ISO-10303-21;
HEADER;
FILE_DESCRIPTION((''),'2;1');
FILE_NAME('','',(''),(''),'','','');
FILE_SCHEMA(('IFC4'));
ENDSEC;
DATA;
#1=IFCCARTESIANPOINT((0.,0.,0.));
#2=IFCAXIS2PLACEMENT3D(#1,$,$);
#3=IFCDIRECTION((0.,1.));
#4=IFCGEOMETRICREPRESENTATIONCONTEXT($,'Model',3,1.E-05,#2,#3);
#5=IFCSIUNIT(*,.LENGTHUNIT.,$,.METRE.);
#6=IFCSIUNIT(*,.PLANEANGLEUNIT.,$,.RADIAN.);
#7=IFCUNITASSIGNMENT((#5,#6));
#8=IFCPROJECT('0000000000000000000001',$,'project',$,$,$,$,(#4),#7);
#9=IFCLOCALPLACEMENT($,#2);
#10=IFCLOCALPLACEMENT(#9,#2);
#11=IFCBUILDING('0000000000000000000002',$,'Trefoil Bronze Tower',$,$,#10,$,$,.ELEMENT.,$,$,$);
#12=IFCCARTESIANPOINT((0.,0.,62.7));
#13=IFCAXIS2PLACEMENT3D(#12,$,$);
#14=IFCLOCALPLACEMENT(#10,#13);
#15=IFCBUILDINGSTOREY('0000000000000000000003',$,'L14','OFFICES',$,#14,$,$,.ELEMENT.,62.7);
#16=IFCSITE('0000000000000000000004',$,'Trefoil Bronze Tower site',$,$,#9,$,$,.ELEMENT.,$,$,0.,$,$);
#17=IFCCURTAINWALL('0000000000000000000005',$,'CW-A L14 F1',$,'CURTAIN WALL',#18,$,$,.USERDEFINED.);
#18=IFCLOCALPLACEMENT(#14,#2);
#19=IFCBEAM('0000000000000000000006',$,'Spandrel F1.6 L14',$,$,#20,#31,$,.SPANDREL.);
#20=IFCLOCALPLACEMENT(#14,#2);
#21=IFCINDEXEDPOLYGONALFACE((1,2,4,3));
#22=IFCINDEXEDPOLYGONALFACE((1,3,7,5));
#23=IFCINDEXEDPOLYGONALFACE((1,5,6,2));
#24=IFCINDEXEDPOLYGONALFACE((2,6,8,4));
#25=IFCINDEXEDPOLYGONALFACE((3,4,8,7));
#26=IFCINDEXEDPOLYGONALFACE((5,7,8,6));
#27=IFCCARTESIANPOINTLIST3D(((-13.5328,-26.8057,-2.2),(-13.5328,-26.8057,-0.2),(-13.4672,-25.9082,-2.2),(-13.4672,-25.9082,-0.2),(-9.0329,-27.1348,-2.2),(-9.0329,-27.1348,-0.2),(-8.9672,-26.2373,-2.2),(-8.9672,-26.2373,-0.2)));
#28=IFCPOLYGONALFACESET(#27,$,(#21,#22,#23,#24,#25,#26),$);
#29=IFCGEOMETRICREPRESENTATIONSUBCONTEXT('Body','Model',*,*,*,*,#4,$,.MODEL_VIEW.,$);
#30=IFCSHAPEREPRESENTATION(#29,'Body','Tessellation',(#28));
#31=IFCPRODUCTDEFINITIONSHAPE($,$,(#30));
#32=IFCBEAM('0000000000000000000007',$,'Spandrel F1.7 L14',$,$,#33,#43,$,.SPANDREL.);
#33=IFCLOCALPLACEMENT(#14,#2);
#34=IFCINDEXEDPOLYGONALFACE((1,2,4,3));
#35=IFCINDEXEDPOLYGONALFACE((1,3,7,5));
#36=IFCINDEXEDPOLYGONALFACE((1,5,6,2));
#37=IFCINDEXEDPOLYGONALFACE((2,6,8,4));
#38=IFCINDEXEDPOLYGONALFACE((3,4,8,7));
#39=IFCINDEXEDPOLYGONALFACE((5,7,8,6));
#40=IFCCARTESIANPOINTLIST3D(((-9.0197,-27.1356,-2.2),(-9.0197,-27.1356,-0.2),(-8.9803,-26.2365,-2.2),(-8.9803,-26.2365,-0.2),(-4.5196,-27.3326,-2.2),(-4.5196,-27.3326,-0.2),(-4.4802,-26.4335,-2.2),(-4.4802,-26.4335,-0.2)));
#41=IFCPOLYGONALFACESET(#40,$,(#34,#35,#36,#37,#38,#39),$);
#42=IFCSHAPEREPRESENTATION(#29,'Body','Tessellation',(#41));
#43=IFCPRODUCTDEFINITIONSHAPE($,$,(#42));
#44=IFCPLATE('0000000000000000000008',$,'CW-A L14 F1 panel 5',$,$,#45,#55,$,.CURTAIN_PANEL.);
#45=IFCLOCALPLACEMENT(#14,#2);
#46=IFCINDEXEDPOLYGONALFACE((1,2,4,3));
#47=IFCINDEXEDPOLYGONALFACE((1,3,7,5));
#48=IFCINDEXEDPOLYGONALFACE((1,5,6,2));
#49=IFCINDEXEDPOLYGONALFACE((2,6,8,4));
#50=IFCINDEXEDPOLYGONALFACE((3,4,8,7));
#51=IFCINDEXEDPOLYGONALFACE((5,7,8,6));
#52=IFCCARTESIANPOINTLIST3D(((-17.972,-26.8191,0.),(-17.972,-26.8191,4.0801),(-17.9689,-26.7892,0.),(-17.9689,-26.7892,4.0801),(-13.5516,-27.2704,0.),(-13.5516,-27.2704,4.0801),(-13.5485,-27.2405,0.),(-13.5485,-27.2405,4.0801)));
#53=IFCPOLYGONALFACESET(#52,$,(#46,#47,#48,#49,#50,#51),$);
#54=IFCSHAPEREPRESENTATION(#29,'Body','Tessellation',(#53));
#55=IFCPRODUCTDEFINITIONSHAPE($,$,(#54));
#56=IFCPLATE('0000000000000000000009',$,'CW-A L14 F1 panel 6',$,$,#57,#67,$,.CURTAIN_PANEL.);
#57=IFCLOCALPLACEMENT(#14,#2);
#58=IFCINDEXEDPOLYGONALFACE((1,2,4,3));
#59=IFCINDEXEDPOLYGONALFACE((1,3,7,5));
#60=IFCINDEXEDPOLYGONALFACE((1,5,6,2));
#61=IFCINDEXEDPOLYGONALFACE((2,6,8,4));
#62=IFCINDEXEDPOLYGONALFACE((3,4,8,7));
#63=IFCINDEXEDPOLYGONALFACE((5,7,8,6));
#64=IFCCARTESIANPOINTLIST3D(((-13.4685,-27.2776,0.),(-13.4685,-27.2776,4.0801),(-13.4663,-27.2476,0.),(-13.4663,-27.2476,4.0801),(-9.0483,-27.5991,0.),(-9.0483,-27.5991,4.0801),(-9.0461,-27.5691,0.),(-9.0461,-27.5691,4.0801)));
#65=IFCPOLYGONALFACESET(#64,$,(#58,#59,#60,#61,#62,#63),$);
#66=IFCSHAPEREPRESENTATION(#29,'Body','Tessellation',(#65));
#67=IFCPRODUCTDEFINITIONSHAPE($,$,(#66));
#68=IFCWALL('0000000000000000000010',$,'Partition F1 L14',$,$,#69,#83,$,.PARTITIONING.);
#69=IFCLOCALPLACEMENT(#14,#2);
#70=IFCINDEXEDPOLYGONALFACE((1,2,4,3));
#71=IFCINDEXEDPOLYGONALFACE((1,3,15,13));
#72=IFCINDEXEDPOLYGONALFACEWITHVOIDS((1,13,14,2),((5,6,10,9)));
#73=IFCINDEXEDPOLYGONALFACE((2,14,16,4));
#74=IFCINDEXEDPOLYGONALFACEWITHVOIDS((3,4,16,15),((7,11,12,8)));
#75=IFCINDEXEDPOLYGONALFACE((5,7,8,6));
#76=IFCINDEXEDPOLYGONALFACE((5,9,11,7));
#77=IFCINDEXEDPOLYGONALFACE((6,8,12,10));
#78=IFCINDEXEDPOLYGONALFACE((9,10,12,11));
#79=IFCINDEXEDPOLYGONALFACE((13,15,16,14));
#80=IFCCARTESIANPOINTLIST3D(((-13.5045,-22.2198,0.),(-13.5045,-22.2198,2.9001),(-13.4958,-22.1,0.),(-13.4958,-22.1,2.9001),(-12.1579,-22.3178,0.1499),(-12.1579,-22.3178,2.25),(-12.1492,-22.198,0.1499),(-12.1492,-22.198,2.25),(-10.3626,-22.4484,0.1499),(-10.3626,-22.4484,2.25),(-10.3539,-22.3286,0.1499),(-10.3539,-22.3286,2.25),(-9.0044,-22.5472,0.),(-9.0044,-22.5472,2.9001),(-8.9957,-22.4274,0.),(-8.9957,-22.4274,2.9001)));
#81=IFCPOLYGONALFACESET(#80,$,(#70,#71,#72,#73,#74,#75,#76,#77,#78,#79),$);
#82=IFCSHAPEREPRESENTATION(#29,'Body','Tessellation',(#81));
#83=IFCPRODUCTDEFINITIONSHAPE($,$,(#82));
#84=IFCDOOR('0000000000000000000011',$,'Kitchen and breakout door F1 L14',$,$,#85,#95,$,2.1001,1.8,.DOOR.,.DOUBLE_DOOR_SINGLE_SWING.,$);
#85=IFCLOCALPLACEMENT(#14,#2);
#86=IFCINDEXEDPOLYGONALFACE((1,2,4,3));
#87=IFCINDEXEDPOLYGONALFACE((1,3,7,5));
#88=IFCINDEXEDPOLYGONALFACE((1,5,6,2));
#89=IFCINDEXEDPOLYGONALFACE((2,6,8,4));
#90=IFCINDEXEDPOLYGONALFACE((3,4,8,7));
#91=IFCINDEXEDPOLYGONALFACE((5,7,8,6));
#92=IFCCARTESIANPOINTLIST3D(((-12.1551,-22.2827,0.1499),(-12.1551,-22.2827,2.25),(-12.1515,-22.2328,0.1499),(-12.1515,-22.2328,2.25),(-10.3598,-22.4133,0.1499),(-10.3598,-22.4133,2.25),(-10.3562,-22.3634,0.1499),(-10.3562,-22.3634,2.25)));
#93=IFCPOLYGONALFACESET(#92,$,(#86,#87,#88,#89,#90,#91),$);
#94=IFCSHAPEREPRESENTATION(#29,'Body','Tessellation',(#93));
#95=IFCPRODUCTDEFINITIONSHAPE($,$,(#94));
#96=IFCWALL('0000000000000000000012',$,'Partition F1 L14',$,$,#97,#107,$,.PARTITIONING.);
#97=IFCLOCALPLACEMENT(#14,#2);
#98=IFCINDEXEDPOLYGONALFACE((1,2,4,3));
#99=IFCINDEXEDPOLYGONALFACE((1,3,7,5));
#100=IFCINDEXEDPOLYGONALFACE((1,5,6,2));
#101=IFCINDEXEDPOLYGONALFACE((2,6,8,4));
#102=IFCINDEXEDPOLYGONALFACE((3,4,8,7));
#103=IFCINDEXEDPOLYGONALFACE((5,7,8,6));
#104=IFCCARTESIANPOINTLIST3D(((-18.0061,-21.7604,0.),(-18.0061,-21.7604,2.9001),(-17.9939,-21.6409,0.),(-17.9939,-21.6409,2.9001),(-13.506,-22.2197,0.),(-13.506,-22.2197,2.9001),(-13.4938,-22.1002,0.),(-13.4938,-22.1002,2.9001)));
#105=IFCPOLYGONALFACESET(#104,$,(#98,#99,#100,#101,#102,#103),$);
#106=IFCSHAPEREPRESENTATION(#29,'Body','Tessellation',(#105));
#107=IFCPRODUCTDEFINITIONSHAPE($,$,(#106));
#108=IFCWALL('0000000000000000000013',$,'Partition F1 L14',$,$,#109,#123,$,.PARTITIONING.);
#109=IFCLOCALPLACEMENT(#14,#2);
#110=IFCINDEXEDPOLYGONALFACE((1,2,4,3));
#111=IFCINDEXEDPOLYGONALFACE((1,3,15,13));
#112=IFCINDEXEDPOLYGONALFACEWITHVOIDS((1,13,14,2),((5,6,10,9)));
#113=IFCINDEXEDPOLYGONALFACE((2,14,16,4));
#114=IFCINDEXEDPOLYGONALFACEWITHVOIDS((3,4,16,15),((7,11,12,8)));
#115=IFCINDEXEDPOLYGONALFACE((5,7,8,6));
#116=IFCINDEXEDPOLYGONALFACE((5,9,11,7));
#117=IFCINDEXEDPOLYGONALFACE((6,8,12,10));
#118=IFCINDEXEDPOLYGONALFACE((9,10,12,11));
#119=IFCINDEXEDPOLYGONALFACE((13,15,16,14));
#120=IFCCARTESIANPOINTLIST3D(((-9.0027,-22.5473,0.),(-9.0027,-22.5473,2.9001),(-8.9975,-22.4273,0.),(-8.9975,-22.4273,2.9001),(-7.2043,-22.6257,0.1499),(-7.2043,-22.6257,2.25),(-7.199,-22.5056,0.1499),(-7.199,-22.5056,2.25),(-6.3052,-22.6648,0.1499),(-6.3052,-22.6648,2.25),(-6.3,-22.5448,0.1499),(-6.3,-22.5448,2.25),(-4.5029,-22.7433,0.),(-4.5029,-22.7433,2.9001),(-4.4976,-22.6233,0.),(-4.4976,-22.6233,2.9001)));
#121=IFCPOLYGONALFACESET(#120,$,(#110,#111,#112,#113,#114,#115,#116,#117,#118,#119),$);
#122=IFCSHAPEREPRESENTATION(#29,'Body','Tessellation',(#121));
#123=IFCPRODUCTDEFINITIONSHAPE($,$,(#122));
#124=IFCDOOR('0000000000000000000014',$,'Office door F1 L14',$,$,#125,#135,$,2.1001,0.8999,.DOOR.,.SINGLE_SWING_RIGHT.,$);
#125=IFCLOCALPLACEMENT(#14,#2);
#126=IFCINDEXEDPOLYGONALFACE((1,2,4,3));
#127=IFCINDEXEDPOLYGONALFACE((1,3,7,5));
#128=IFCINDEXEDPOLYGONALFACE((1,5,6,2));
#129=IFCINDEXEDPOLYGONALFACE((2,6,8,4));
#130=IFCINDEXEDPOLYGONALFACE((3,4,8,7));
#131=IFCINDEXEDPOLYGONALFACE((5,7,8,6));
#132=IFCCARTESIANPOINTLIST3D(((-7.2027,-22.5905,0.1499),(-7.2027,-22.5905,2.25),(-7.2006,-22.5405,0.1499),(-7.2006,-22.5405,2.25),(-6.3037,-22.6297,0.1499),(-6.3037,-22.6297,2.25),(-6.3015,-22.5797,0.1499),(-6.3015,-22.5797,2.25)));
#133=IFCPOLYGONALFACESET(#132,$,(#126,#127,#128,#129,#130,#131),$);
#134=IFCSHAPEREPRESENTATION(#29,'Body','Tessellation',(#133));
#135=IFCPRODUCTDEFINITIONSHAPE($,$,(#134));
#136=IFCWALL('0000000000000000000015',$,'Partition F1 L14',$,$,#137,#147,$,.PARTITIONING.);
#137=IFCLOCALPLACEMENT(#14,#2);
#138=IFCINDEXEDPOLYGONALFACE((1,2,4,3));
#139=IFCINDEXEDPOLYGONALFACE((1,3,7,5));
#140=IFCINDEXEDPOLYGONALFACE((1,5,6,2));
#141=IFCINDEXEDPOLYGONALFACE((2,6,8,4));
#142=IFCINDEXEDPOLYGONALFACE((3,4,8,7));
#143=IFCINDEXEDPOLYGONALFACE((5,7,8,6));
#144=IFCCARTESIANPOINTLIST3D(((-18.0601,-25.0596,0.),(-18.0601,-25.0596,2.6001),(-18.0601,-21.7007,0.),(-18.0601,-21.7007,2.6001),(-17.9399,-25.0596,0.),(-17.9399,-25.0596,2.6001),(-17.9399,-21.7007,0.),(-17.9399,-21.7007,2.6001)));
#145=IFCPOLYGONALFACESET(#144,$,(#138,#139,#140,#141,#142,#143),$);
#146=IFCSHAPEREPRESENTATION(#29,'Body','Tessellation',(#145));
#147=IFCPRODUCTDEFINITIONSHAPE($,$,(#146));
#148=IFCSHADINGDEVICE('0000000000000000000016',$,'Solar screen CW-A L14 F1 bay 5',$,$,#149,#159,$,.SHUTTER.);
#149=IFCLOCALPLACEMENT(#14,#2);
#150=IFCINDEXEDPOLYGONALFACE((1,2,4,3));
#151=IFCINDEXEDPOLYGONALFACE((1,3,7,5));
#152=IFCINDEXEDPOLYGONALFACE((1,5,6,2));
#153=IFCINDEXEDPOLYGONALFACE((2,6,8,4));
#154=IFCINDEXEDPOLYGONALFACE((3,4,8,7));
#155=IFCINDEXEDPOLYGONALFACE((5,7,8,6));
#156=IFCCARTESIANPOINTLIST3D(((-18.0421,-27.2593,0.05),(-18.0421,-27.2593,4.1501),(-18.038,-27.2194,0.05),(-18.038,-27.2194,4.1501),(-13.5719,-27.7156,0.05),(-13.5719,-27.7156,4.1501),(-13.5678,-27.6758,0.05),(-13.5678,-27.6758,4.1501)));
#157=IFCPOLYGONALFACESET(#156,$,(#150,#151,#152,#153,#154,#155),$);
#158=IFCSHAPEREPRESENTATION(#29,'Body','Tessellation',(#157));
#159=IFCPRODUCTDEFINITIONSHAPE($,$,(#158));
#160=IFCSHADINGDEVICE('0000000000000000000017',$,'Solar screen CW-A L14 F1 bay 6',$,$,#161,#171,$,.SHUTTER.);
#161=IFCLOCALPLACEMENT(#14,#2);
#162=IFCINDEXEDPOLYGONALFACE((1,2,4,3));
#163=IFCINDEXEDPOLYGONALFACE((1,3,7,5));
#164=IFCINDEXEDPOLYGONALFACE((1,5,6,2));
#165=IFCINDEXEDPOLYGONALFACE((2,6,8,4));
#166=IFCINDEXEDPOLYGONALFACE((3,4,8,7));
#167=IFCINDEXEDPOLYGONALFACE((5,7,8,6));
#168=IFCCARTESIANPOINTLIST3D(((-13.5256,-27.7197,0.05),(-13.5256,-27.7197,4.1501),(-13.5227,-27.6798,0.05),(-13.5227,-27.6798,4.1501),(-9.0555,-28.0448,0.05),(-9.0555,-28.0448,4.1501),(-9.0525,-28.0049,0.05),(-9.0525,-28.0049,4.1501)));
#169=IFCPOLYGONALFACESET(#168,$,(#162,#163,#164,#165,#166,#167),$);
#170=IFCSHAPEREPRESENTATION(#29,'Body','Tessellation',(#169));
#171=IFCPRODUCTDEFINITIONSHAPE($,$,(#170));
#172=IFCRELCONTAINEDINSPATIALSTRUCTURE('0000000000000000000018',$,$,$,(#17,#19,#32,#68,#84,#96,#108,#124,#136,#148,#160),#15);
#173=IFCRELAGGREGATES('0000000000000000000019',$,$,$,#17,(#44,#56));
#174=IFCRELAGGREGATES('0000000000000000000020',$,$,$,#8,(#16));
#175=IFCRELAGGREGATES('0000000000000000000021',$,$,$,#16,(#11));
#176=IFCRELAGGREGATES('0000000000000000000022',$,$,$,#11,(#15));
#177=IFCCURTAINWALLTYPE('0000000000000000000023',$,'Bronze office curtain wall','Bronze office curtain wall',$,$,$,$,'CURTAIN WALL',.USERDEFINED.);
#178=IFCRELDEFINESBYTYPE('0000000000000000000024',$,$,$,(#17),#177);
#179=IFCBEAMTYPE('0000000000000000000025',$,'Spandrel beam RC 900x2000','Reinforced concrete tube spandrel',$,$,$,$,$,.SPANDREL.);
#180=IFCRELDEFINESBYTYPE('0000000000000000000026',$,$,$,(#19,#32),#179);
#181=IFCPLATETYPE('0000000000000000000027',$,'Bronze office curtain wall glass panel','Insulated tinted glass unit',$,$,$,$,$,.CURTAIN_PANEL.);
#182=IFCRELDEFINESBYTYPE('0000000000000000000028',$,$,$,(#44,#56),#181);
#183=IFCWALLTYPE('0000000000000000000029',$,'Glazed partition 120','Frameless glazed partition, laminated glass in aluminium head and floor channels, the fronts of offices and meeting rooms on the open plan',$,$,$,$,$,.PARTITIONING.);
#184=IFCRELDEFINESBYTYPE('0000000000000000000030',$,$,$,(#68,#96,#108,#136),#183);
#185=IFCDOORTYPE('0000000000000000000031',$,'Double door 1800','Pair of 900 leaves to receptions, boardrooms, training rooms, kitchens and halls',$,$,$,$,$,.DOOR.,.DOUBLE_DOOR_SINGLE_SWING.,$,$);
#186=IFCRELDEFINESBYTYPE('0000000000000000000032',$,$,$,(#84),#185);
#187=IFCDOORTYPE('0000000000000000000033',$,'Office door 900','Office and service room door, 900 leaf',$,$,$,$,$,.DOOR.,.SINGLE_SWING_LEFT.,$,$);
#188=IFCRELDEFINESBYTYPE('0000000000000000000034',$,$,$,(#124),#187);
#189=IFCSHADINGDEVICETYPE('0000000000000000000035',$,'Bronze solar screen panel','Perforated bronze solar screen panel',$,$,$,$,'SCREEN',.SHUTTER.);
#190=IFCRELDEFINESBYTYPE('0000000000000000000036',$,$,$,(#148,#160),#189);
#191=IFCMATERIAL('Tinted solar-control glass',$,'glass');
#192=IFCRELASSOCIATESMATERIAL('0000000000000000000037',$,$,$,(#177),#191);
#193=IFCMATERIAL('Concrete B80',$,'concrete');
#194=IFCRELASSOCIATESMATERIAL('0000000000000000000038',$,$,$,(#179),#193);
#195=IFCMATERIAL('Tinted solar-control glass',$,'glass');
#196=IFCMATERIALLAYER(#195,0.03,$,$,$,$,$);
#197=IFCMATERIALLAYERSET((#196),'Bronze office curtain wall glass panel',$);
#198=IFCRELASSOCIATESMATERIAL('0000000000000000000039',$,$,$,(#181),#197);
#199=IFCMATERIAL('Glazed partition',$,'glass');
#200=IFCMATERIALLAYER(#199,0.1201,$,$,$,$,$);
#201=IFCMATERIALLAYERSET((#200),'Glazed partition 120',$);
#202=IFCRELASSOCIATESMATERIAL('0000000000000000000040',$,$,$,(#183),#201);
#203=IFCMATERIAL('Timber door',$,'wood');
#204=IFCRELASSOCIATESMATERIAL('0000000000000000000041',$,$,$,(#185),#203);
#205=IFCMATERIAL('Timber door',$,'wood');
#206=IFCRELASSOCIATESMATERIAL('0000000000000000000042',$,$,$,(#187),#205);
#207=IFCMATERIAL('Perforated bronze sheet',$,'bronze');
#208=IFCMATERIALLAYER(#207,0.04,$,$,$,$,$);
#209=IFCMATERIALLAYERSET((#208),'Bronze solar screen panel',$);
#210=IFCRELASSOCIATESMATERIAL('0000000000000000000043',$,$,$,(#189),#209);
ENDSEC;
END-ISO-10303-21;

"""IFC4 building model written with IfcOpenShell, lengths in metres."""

from ifc_helpers import new_model, si_unit, direction, frame, frame_2d, origin, origin_2d, place, context, subcontext, project, spatial, rectangle, extrude, material, layer, layer_set, material_profile, profile_set, type_object, element, fill, aggregate, save


model = new_model("IFC4")

# Units and contexts
model_context = context("Model", 3, precision=1e-05, world=origin(), true_north=direction((0.0, 1.0)))
body_context = subcontext(model_context, "Body", "Model", "MODEL_VIEW")
ifc_project = project(units=[si_unit("LENGTHUNIT", "METRE"), si_unit("PLANEANGLEUNIT", "RADIAN")], contexts=[model_context])

# Site, building, storey
site_placement = place(None, origin())
site = spatial("IfcSite", under=ifc_project, at=site_placement, Name="Trefoil Bronze Tower site", CompositionType="ELEMENT", RefElevation=0.0)
building_placement = place(site_placement, origin())
building = spatial("IfcBuilding", under=site, at=building_placement, Name="Trefoil Bronze Tower", CompositionType="ELEMENT")
storey_placement = place(building_placement, frame((0.0, 0.0, 62.7)))
storey = spatial("IfcBuildingStorey", under=building, at=storey_placement, Name="L14", Description="OFFICES", CompositionType="ELEMENT", Elevation=62.7)

# Curtain wall
ifc_material_1 = material(Name="Tinted solar-control glass", Category="glass")
curtain_wall_type = type_object("IfcCurtainWallType", Name="Bronze office curtain wall", Description="Bronze office curtain wall", ElementType="CURTAIN WALL", PredefinedType="USERDEFINED", material=ifc_material_1)
curtain_wall_placement = place(storey_placement, origin())
curtain_wall = element("IfcCurtainWall", 1, at=curtain_wall_placement, inside=storey, type_object=curtain_wall_type, Name="CW-A L14 F1", ObjectType="CURTAIN WALL", PredefinedType="USERDEFINED")

# Beams
ifc_material_2 = material(Name="Concrete B80", Category="concrete")
ifc_material_profile_1 = material_profile(ifc_material_2, rectangle(XDim=0.8999, YDim=2.0, at=origin_2d()), Name="RC 900x2000")
ifc_profile_set_1 = profile_set([ifc_material_profile_1], Name="Concrete B80")
beam_type_1 = type_object("IfcBeamType", Name="Spandrel beam RC 900x2000", Description="Reinforced concrete tube spandrel", PredefinedType="SPANDREL", material=ifc_profile_set_1)
beam_1_placement = place(storey_placement, frame((-13.5, -26.3569, -1.2), z_axis=(0.997336, -0.072939, 0.0), x_axis=(0.072939, 0.997336, 0.0)))
element("IfcBeam", 2, at=beam_1_placement, inside=storey, type_object=beam_type_1, Name="Spandrel F1.6 L14", PredefinedType="SPANDREL", context=body_context, shape_type="SweptSolid", body=[
    extrude(rectangle(XDim=0.8999, YDim=2.0, at=origin_2d()), origin(), (0.0, 0.0, 1.0), 4.512),
])
beam_2_placement = place(storey_placement, frame((-9.0, -26.686, -1.2), z_axis=(0.999043, -0.043741, 0.0), x_axis=(0.043741, 0.999043, 0.0)))
element("IfcBeam", 3, at=beam_2_placement, inside=storey, type_object=beam_type_1, Name="Spandrel F1.7 L14", PredefinedType="SPANDREL", context=body_context, shape_type="SweptSolid", body=[
    extrude(rectangle(XDim=0.8999, YDim=2.0, at=origin_2d()), origin(), (0.0, 0.0, 1.0), 4.5044),
])

# Plates
ifc_material_3 = material(Name="Tinted solar-control glass", Category="glass")
ifc_layer_1 = layer(ifc_material_3, 0.03)
ifc_layer_set_1 = layer_set([ifc_layer_1], Name="Bronze office curtain wall glass panel")
plate_type = type_object("IfcPlateType", Name="Bronze office curtain wall glass panel", Description="Insulated tinted glass unit", PredefinedType="CURTAIN_PANEL", material=ifc_layer_set_1)
plate_1_placement = place(storey_placement, frame((-15.7603, -27.0298, 0.0), z_axis=(0.0, 0.0, 1.0), x_axis=(0.994829, -0.101565, 0.0)))
plate_1 = element("IfcPlate", 4, at=plate_1_placement, type_object=plate_type, Name="CW-A L14 F1 panel 5", PredefinedType="CURTAIN_PANEL", context=body_context, shape_type="SweptSolid", body=[
    extrude(rectangle(XDim=4.4434, YDim=0.03, at=origin_2d()), origin(), (0.0, 0.0, 1.0), 4.0801),
])
plate_2_placement = place(storey_placement, frame((-11.2573, -27.4233, 0.0), z_axis=(0.0, 0.0, 1.0), x_axis=(0.997365, -0.072547, 0.0)))
plate_2 = element("IfcPlate", 5, at=plate_2_placement, type_object=plate_type, Name="CW-A L14 F1 panel 6", PredefinedType="CURTAIN_PANEL", context=body_context, shape_type="SweptSolid", body=[
    extrude(rectangle(XDim=4.4319, YDim=0.03, at=origin_2d()), origin(), (0.0, 0.0, 1.0), 4.0801),
])
aggregate(curtain_wall, [plate_1, plate_2])

# Wall, opening, door
ifc_material_4 = material(Name="Glazed partition", Category="glass")
ifc_layer_2 = layer(ifc_material_4, 0.1201)
ifc_layer_set_2 = layer_set([ifc_layer_2], Name="Glazed partition 120")
wall_type = type_object("IfcWallType", Name="Glazed partition 120", Description="Frameless glazed partition, laminated glass in aluminium head and floor channels, the fronts of offices and meeting rooms on the open plan", PredefinedType="PARTITIONING", material=ifc_layer_set_2)
wall_1_placement = place(storey_placement, frame((-13.5, -22.1599, 0.0), z_axis=(0.0, 0.0, 1.0), x_axis=(0.997364, -0.072562, 0.0)))
wall_1 = element("IfcWall", 6, at=wall_1_placement, inside=storey, type_object=wall_type, Name="Partition F1 L14", PredefinedType="PARTITIONING", context=body_context, shape_type="SweptSolid", body=[
    extrude(rectangle(XDim=4.512, YDim=0.1201, at=frame_2d((2.2559, 0.0))), origin(), (0.0, 0.0, 1.0), 2.9001),
])
opening_1_placement = place(wall_1_placement, frame((1.3501, 0.0, 0.1499)))
opening_1 = element("IfcOpeningElement", 7, at=opening_1_placement, cuts=wall_1, PredefinedType="OPENING", context=body_context, shape_type="SweptSolid", body=[
    extrude(rectangle(XDim=1.8, YDim=2.1001, at=frame_2d((0.8999, 1.05))), frame((0.0, 0.0701, 0.0), z_axis=(0.0, -1.0, 0.0), x_axis=(1.0, 0.0, 0.0)), (0.0, 0.0, 1.0), 0.1401),
])
ifc_material_5 = material(Name="Timber door", Category="wood")
door_type_1 = type_object("IfcDoorType", Name="Double door 1800", Description="Pair of 900 leaves to receptions, boardrooms, training rooms, kitchens and halls", OperationType="DOUBLE_DOOR_SINGLE_SWING", PredefinedType="DOOR", material=ifc_material_5)
door_1_placement = place(opening_1_placement, frame((1.8, 0.0, 0.0), z_axis=(0.0, 0.0, 1.0), x_axis=(-1.0, 0.0, 0.0)))
door_1 = element("IfcDoor", 8, at=door_1_placement, inside=storey, type_object=door_type_1, Name="Kitchen and breakout door F1 L14", OperationType="DOUBLE_DOOR_SINGLE_SWING", OverallHeight=2.1001, OverallWidth=1.8, PredefinedType="DOOR", context=body_context, shape_type="SweptSolid", body=[
    extrude(rectangle(XDim=1.8, YDim=2.1001, at=frame_2d((0.8999, 1.05))), frame((0.0, 0.0249, 0.0), z_axis=(0.0, -1.0, 0.0), x_axis=(1.0, 0.0, 0.0)), (0.0, 0.0, 1.0), 0.05),
])
fill(opening_1, door_1)

# Wall
wall_2_placement = place(storey_placement, frame((-18.0, -21.7007, 0.0), z_axis=(0.0, 0.0, 1.0), x_axis=(0.994833, -0.101523, 0.0)))
element("IfcWall", 9, at=wall_2_placement, inside=storey, type_object=wall_type, Name="Partition F1 L14", PredefinedType="PARTITIONING", context=body_context, shape_type="SweptSolid", body=[
    extrude(rectangle(XDim=4.5234, YDim=0.1201, at=frame_2d((2.2617, 0.0))), origin(), (0.0, 0.0, 1.0), 2.9001),
])

# Wall, opening, door
wall_3_placement = place(storey_placement, frame((-9.0, -22.4873, 0.0), z_axis=(0.0, 0.0, 1.0), x_axis=(0.999052, -0.043524, 0.0)))
wall_3 = element("IfcWall", 10, at=wall_3_placement, inside=storey, type_object=wall_type, Name="Partition F1 L14", PredefinedType="PARTITIONING", context=body_context, shape_type="SweptSolid", body=[
    extrude(rectangle(XDim=4.5042, YDim=0.1201, at=frame_2d((2.252, 0.0))), origin(), (0.0, 0.0, 1.0), 2.9001),
])
opening_2_placement = place(wall_3_placement, frame((1.8, 0.0, 0.1499)))
opening_2 = element("IfcOpeningElement", 11, at=opening_2_placement, cuts=wall_3, PredefinedType="OPENING", context=body_context, shape_type="SweptSolid", body=[
    extrude(rectangle(XDim=0.8999, YDim=2.1001, at=frame_2d((0.45, 1.05))), frame((0.0, 0.0701, 0.0), z_axis=(0.0, -1.0, 0.0), x_axis=(1.0, 0.0, 0.0)), (0.0, 0.0, 1.0), 0.1401),
])
ifc_material_6 = material(Name="Timber door", Category="wood")
door_type_2 = type_object("IfcDoorType", Name="Office door 900", Description="Office and service room door, 900 leaf", OperationType="SINGLE_SWING_LEFT", PredefinedType="DOOR", material=ifc_material_6)
door_2_placement = place(opening_2_placement, frame((0.8999, 0.0, 0.0), z_axis=(0.0, 0.0, 1.0), x_axis=(-1.0, 0.0, 0.0)))
door_2 = element("IfcDoor", 12, at=door_2_placement, inside=storey, type_object=door_type_2, Name="Office door F1 L14", OperationType="SINGLE_SWING_RIGHT", OverallHeight=2.1001, OverallWidth=0.8999, PredefinedType="DOOR", context=body_context, shape_type="SweptSolid", body=[
    extrude(rectangle(XDim=0.8999, YDim=2.1001, at=frame_2d((0.45, 1.05))), frame((0.0, 0.0249, 0.0), z_axis=(0.0, -1.0, 0.0), x_axis=(1.0, 0.0, 0.0)), (0.0, 0.0, 1.0), 0.05),
])
fill(opening_2, door_2)

# Wall
wall_4_placement = place(storey_placement, frame((-18.0, -21.7007, 0.0), z_axis=(0.0, 0.0, 1.0), x_axis=(0.0, -1.0, 0.0)))
element("IfcWall", 13, at=wall_4_placement, inside=storey, type_object=wall_type, Name="Partition F1 L14", PredefinedType="PARTITIONING", context=body_context, shape_type="SweptSolid", body=[
    extrude(rectangle(XDim=3.3589, YDim=0.1201, at=frame_2d((1.6794, 0.0))), origin(), (0.0, 0.0, 1.0), 2.6001),
])

# Shading devices
ifc_material_7 = material(Name="Perforated bronze sheet", Category="bronze")
ifc_layer_3 = layer(ifc_material_7, 0.04)
ifc_layer_set_3 = layer_set([ifc_layer_3], Name="Bronze solar screen panel")
shading_device_type = type_object("IfcShadingDeviceType", Name="Bronze solar screen panel", Description="Perforated bronze solar screen panel", ElementType="SCREEN", PredefinedType="SHUTTER", material=ifc_layer_set_3)
shading_device_1_placement = place(storey_placement, frame((-15.8049, -27.4675, 0.05), z_axis=(0.0, 0.0, 1.0), x_axis=(0.994829, -0.101565, 0.0)))
element("IfcShadingDevice", 14, at=shading_device_1_placement, inside=storey, type_object=shading_device_type, Name="Solar screen CW-A L14 F1 bay 5", PredefinedType="SHUTTER", context=body_context, shape_type="SweptSolid", body=[
    extrude(rectangle(XDim=4.4934, YDim=0.04, at=origin_2d()), origin(), (0.0, 0.0, 1.0), 4.1001),
])
shading_device_2_placement = place(storey_placement, frame((-11.2891, -27.8623, 0.05), z_axis=(0.0, 0.0, 1.0), x_axis=(0.997365, -0.072547, 0.0)))
element("IfcShadingDevice", 15, at=shading_device_2_placement, inside=storey, type_object=shading_device_type, Name="Solar screen CW-A L14 F1 bay 6", PredefinedType="SHUTTER", context=body_context, shape_type="SweptSolid", body=[
    extrude(rectangle(XDim=4.4819, YDim=0.04, at=origin_2d()), origin(), (0.0, 0.0, 1.0), 4.1001),
])

save(model, "model.ifc")
